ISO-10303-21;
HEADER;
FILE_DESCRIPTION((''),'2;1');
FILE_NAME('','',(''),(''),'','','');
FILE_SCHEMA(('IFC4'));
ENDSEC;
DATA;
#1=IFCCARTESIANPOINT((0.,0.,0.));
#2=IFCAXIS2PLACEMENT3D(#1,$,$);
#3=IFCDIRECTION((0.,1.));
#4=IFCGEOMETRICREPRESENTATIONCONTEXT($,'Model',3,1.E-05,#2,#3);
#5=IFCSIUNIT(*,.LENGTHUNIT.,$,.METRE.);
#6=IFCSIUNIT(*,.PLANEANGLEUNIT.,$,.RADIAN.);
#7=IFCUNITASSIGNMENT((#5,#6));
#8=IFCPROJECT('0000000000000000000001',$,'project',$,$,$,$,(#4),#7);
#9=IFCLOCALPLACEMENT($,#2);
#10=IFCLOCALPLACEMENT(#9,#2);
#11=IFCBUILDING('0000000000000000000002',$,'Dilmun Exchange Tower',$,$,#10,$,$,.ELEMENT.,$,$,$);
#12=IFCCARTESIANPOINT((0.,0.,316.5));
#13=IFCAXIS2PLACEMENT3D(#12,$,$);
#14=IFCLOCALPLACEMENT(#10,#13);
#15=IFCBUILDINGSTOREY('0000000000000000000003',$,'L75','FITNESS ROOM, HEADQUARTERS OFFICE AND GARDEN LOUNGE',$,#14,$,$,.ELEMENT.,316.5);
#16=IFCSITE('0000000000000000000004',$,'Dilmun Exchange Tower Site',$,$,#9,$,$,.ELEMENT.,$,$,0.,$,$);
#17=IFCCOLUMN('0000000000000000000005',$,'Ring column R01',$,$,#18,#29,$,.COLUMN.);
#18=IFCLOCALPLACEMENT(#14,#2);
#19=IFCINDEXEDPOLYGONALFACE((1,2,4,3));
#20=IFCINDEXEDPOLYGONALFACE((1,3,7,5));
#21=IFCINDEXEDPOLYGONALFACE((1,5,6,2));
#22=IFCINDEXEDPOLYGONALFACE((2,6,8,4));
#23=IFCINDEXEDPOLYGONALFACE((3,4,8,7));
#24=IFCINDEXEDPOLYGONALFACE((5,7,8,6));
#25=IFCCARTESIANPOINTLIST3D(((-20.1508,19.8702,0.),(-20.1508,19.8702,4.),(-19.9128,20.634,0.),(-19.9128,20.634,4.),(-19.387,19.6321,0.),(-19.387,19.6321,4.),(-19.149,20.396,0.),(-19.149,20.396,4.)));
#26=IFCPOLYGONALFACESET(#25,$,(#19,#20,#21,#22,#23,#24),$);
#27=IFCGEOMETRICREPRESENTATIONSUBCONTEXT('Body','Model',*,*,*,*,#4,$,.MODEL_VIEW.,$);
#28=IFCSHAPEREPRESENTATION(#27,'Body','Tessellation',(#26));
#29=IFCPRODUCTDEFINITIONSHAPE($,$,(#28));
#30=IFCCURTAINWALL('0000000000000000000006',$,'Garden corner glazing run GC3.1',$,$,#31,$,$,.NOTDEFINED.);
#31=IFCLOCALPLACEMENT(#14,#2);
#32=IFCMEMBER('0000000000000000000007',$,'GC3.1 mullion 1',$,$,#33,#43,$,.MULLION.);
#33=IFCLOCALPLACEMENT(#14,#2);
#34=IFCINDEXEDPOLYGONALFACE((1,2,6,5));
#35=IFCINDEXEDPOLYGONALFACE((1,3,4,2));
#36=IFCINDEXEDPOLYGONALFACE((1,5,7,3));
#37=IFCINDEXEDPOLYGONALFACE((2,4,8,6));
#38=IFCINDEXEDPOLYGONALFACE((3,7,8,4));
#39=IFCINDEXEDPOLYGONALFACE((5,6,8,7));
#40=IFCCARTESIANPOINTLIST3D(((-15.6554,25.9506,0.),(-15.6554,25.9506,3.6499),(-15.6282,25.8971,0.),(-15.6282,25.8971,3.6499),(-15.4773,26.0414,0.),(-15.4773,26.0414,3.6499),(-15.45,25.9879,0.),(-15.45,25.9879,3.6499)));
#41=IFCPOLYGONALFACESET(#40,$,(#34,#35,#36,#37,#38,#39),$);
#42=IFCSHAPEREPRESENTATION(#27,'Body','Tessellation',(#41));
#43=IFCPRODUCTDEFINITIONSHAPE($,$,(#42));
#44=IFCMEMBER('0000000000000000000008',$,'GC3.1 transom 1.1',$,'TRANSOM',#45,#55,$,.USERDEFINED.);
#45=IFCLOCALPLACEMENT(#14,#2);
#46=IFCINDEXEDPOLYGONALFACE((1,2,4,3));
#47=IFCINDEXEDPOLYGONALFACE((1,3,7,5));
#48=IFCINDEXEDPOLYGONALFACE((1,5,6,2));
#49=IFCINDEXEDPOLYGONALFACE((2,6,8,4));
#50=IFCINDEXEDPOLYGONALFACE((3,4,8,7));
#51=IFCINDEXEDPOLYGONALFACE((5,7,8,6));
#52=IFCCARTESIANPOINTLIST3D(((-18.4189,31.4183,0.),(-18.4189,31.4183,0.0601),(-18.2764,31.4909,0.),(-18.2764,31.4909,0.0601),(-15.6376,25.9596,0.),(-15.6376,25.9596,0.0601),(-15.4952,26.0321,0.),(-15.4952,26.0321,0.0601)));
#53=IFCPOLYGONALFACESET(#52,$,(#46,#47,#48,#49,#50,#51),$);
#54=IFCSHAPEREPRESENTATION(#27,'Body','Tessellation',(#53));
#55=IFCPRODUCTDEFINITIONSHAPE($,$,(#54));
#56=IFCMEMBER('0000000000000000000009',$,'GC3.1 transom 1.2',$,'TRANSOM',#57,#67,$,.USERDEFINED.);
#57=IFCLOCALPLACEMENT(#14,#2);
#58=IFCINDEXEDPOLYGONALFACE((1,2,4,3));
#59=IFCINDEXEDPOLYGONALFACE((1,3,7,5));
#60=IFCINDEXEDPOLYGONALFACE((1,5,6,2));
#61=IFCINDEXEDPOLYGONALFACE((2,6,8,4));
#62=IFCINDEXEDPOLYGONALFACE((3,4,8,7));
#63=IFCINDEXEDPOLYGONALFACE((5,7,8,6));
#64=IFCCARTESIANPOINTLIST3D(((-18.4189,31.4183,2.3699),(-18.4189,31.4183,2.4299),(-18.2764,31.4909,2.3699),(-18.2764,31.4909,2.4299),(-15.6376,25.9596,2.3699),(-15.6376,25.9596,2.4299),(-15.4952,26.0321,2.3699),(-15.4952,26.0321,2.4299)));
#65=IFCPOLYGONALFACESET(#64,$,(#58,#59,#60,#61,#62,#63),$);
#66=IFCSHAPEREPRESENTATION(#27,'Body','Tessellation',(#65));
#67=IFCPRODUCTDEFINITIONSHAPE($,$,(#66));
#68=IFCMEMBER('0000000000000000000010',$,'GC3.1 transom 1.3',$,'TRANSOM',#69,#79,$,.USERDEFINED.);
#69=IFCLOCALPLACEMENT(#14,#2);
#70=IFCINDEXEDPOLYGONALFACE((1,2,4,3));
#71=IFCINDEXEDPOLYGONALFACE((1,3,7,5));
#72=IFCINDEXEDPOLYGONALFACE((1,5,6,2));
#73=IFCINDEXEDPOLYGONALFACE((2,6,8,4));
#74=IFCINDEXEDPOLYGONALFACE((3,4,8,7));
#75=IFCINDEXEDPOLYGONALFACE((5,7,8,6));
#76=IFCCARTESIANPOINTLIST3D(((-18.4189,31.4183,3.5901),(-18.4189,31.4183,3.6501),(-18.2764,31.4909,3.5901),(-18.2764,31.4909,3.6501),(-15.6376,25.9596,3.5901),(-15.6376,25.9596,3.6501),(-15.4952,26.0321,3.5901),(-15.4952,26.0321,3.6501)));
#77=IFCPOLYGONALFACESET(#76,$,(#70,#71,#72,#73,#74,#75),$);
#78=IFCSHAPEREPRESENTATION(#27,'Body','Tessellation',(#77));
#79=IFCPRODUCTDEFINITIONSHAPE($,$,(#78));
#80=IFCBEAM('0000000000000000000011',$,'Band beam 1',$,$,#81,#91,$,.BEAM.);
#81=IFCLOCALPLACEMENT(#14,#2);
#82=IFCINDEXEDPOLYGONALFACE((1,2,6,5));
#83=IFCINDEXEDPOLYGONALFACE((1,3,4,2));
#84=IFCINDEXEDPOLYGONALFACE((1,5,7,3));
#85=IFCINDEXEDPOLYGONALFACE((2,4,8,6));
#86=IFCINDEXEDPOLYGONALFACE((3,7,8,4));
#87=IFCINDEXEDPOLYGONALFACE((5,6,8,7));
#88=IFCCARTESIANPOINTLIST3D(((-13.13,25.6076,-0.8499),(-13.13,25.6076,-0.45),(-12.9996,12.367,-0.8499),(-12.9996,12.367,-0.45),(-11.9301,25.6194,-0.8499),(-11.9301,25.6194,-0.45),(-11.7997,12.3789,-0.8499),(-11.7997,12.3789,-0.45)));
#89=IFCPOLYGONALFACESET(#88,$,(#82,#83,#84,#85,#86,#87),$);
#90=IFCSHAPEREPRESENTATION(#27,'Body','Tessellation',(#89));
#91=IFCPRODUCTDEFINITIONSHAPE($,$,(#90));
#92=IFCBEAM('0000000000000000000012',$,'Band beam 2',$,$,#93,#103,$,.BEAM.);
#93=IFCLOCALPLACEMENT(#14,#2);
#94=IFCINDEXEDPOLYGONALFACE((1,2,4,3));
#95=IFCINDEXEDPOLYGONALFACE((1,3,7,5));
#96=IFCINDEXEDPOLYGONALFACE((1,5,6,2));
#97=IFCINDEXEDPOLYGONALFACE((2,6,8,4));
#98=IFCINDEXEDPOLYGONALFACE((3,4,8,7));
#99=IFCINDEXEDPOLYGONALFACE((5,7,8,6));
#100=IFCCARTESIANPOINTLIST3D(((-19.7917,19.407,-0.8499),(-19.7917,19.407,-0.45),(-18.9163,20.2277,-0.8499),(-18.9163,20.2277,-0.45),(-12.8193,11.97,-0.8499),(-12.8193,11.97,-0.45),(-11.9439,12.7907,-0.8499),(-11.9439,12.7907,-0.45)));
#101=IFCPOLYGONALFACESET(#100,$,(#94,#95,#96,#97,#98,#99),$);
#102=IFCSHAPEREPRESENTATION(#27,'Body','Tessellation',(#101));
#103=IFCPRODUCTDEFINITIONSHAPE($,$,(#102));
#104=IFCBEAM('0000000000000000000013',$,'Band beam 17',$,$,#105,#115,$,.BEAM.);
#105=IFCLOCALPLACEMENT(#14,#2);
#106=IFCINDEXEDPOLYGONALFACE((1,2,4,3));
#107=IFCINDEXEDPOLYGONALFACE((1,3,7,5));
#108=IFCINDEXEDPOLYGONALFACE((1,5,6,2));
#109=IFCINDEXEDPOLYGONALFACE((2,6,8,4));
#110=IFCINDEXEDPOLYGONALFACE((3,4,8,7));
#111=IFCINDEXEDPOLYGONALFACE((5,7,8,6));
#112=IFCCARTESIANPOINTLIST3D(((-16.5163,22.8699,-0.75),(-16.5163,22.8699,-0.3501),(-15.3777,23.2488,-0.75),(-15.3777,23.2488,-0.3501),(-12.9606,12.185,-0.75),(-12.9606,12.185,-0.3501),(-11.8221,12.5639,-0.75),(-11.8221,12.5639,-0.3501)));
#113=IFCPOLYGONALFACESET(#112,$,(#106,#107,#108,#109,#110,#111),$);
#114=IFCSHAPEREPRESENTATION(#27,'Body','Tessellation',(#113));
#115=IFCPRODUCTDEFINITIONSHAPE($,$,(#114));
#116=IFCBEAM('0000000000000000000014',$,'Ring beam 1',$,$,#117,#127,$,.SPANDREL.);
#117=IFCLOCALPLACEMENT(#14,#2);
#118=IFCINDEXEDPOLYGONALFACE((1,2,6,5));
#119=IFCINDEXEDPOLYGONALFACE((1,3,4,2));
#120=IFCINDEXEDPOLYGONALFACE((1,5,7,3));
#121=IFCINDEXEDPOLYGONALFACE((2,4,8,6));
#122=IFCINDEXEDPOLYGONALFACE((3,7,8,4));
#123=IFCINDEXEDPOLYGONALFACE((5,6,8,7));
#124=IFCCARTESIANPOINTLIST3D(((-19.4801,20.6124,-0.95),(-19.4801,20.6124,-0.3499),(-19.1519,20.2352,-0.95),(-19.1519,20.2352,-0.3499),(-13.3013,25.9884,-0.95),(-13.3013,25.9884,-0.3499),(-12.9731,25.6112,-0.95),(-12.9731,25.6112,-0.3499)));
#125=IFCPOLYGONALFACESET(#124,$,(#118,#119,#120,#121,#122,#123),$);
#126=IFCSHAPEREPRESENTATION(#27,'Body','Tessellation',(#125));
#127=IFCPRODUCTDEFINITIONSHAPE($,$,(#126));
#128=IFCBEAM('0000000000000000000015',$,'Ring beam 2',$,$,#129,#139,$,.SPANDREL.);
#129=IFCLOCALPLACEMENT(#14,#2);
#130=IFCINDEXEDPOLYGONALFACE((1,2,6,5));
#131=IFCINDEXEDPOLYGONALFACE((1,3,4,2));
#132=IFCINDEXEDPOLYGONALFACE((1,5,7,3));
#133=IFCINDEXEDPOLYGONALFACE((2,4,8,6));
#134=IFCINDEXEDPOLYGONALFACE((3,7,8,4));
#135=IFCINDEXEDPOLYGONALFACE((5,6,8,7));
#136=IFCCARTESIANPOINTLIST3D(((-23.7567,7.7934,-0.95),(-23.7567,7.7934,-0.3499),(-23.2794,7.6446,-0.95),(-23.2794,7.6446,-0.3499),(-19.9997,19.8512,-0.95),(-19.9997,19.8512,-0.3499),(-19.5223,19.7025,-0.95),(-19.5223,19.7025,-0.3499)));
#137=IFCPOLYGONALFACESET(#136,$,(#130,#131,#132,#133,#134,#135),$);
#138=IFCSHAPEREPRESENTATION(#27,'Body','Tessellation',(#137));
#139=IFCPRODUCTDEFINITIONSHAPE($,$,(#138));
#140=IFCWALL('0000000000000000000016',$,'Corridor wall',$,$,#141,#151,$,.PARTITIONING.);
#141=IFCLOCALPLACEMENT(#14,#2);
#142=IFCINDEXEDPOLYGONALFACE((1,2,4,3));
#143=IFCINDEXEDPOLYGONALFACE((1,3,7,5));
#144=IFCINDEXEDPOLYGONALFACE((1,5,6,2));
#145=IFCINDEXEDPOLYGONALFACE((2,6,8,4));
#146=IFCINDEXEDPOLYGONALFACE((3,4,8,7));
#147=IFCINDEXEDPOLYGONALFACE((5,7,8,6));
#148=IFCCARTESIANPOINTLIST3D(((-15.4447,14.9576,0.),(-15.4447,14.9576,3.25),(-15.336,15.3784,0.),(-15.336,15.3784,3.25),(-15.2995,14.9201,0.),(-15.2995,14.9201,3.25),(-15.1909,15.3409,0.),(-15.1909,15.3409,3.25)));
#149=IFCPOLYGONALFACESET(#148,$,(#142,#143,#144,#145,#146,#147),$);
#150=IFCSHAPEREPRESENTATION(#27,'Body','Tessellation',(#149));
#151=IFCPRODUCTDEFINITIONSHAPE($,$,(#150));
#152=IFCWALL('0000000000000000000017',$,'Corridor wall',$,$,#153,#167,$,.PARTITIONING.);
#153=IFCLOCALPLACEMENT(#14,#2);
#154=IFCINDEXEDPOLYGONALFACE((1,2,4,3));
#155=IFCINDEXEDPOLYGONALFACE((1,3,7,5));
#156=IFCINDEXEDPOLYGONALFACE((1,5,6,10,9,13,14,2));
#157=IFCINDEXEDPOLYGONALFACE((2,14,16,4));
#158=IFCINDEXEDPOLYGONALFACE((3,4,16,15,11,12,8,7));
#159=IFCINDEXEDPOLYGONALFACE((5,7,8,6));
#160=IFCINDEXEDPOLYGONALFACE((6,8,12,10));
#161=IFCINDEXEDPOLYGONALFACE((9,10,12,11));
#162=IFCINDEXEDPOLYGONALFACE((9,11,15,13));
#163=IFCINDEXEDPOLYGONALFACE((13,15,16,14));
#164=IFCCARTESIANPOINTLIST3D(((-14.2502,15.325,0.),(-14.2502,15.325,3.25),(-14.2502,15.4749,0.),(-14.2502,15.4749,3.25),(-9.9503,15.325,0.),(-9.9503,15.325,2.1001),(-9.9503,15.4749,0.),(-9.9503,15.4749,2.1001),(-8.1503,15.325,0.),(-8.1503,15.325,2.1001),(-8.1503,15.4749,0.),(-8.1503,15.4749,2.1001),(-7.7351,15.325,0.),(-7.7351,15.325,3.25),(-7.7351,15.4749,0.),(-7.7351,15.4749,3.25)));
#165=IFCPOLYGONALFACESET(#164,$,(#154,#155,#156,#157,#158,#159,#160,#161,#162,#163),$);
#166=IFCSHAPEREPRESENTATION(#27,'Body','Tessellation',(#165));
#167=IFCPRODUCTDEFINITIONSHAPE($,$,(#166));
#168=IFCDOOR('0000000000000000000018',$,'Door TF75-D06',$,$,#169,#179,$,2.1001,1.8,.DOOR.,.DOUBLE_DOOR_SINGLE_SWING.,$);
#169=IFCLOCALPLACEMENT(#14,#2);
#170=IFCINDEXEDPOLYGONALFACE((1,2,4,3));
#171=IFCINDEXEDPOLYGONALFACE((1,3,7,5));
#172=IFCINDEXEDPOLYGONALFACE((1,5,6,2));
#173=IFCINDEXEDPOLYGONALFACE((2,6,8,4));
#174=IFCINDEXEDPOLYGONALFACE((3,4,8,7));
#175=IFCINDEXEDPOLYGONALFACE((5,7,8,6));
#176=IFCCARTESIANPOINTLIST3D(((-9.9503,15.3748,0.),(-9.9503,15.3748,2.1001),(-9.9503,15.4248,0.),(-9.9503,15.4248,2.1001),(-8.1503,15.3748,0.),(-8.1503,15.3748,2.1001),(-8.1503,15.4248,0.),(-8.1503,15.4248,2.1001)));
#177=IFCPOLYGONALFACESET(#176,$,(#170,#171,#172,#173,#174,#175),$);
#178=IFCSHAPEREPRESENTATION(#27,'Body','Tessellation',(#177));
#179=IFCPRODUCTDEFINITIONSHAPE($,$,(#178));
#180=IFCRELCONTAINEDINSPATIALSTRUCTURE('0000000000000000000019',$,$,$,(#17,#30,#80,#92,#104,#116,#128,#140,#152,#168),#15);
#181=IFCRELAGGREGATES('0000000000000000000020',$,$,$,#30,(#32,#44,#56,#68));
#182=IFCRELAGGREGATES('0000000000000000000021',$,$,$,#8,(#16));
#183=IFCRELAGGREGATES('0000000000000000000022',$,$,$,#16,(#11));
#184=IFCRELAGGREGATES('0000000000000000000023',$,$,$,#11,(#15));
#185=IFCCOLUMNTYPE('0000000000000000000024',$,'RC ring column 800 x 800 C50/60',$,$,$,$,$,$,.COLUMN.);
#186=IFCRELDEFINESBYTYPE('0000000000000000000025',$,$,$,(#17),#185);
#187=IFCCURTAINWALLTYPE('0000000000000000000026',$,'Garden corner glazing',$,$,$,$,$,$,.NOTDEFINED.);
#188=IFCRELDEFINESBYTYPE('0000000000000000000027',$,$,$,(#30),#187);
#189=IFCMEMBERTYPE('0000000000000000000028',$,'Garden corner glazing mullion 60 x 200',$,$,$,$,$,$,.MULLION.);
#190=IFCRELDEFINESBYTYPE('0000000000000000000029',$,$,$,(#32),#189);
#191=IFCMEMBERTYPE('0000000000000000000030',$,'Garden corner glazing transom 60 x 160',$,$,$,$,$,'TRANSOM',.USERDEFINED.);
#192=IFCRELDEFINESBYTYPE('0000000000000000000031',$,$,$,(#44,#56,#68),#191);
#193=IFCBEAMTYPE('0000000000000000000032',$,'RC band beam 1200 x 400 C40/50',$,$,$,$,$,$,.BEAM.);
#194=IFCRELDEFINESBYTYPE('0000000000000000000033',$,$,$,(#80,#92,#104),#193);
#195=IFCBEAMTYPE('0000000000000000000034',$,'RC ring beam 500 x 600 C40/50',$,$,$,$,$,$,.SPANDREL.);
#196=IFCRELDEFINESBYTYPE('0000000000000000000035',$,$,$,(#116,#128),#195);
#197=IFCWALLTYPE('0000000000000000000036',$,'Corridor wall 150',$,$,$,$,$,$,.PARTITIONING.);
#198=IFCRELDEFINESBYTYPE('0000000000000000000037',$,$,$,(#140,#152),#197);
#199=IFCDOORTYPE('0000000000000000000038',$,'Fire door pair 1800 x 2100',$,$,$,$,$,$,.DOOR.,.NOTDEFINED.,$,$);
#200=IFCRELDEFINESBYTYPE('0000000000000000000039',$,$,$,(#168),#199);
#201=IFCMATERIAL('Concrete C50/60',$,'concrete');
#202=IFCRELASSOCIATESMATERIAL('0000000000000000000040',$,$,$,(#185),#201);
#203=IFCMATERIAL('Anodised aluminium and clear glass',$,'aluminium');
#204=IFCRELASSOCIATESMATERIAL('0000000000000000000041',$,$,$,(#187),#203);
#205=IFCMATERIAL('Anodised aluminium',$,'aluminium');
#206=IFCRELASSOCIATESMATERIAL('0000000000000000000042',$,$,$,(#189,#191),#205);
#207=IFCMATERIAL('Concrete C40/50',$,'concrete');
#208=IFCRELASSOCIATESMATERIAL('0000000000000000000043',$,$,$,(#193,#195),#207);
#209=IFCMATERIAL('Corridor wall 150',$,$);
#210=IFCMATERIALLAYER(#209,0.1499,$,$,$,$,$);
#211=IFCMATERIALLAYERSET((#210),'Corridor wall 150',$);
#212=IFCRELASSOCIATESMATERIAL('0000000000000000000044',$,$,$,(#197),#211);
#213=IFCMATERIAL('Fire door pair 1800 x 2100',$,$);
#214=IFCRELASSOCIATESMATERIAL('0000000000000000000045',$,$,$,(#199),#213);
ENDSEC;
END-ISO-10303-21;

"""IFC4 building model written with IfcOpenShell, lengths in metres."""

from ifc_helpers import new_model, si_unit, direction, frame, frame_2d, origin, origin_2d, place, context, subcontext, project, spatial, rectangle, extrude, material, layer, layer_set, material_profile, profile_set, type_object, element, fill, aggregate, save


model = new_model("IFC4")

# Units and contexts
model_context = context("Model", 3, precision=1e-05, world=origin(), true_north=direction((0.0, 1.0)))
body_context = subcontext(model_context, "Body", "Model", "MODEL_VIEW")
ifc_project = project(units=[si_unit("LENGTHUNIT", "METRE"), si_unit("PLANEANGLEUNIT", "RADIAN")], contexts=[model_context])

# Site, building, storey
site_placement = place(None, origin())
site = spatial("IfcSite", under=ifc_project, at=site_placement, Name="Dilmun Exchange Tower Site", CompositionType="ELEMENT", RefElevation=0.0)
building_placement = place(site_placement, origin())
building = spatial("IfcBuilding", under=site, at=building_placement, Name="Dilmun Exchange Tower", CompositionType="ELEMENT")
storey_placement = place(building_placement, frame((0.0, 0.0, 316.5)))
storey = spatial("IfcBuildingStorey", under=building, at=storey_placement, Name="L75", Description="FITNESS ROOM, HEADQUARTERS OFFICE AND GARDEN LOUNGE", CompositionType="ELEMENT", Elevation=316.5)

# Column
ifc_material_1 = material(Name="Concrete C50/60", Category="concrete")
ifc_material_profile_1 = material_profile(ifc_material_1, rectangle(XDim=0.8, YDim=0.8, at=origin_2d()), Name="800 x 800")
ifc_profile_set_1 = profile_set([ifc_material_profile_1], Name="Concrete C50/60")
column_type = type_object("IfcColumnType", Name="RC ring column 800 x 800 C50/60", PredefinedType="COLUMN", material=ifc_profile_set_1)
column_placement = place(storey_placement, frame((-19.6499, 20.1331, 0.0), z_axis=(0.0, 0.0, 1.0), x_axis=(0.297503, 0.954721, 0.0)))
element("IfcColumn", 1, at=column_placement, inside=storey, type_object=column_type, Name="Ring column R01", PredefinedType="COLUMN", context=body_context, shape_type="SweptSolid", body=[
    extrude(rectangle(XDim=0.8, YDim=0.8, at=origin_2d()), origin(), (0.0, 0.0, 1.0), 4.0),
])

# Curtain wall, members
ifc_material_2 = material(Name="Anodised aluminium and clear glass", Category="aluminium")
curtain_wall_type = type_object("IfcCurtainWallType", Name="Garden corner glazing", PredefinedType="NOTDEFINED", material=ifc_material_2)
curtain_wall_placement = place(storey_placement, origin())
curtain_wall = element("IfcCurtainWall", 2, at=curtain_wall_placement, inside=storey, type_object=curtain_wall_type, Name="Garden corner glazing run GC3.1", PredefinedType="NOTDEFINED")
ifc_material_3 = material(Name="Anodised aluminium", Category="aluminium")
ifc_material_profile_2 = material_profile(ifc_material_3, rectangle(XDim=0.2, YDim=0.0601, at=origin_2d()), Name="AL 60x200")
ifc_profile_set_2 = profile_set([ifc_material_profile_2], Name="Anodised aluminium")
member_type_1 = type_object("IfcMemberType", Name="Garden corner glazing mullion 60 x 200", PredefinedType="MULLION", material=ifc_profile_set_2)
member_1_placement = place(storey_placement, frame((-15.5527, 25.9692, 0.0), z_axis=(0.0, 0.0, 1.0), x_axis=(-0.891007, -0.453989, 0.0)))
member_1 = element("IfcMember", 3, at=member_1_placement, type_object=member_type_1, Name="GC3.1 mullion 1", PredefinedType="MULLION", context=body_context, shape_type="SweptSolid", body=[
    extrude(rectangle(XDim=0.2, YDim=0.0601, at=origin_2d()), origin(), (0.0, 0.0, 1.0), 3.6499),
])
ifc_material_profile_3 = material_profile(ifc_material_3, rectangle(XDim=0.1599, YDim=0.0601, at=origin_2d()), Name="AL 60x160")
ifc_profile_set_3 = profile_set([ifc_material_profile_3], Name="Anodised aluminium")
member_type_2 = type_object("IfcMemberType", Name="Garden corner glazing transom 60 x 160", ElementType="TRANSOM", PredefinedType="USERDEFINED", material=ifc_profile_set_3)
member_2_placement = place(storey_placement, frame((-15.5664, 25.9958, 0.03), z_axis=(-0.453975, 0.891014, 0.0), x_axis=(-0.891014, -0.453975, 0.0)))
member_2 = element("IfcMember", 4, at=member_2_placement, type_object=member_type_2, Name="GC3.1 transom 1.1", ObjectType="TRANSOM", PredefinedType="USERDEFINED", context=body_context, shape_type="SweptSolid", body=[
    extrude(rectangle(XDim=0.1599, YDim=0.0601, at=origin_2d()), origin(), (0.0, 0.0, 1.0), 6.1265),
])
member_3_placement = place(storey_placement, frame((-15.5664, 25.9958, 2.3999), z_axis=(-0.453975, 0.891014, 0.0), x_axis=(-0.891014, -0.453975, 0.0)))
member_3 = element("IfcMember", 5, at=member_3_placement, type_object=member_type_2, Name="GC3.1 transom 1.2", ObjectType="TRANSOM", PredefinedType="USERDEFINED", context=body_context, shape_type="SweptSolid", body=[
    extrude(rectangle(XDim=0.1599, YDim=0.0601, at=origin_2d()), origin(), (0.0, 0.0, 1.0), 6.1265),
])
member_4_placement = place(storey_placement, frame((-15.5664, 25.9958, 3.6201), z_axis=(-0.453975, 0.891014, 0.0), x_axis=(-0.891014, -0.453975, 0.0)))
member_4 = element("IfcMember", 6, at=member_4_placement, type_object=member_type_2, Name="GC3.1 transom 1.3", ObjectType="TRANSOM", PredefinedType="USERDEFINED", context=body_context, shape_type="SweptSolid", body=[
    extrude(rectangle(XDim=0.1599, YDim=0.0601, at=origin_2d()), origin(), (0.0, 0.0, 1.0), 6.1265),
])
aggregate(curtain_wall, [member_1, member_2, member_3, member_4])

# Beams
ifc_material_4 = material(Name="Concrete C40/50", Category="concrete")
ifc_material_profile_4 = material_profile(ifc_material_4, rectangle(XDim=1.2, YDim=0.3999, at=origin_2d()), Name="1200 x 400")
ifc_profile_set_4 = profile_set([ifc_material_profile_4], Name="Concrete C40/50")
beam_type_1 = type_object("IfcBeamType", Name="RC band beam 1200 x 400 C40/50", PredefinedType="BEAM", material=ifc_profile_set_4)
beam_1_placement = place(storey_placement, frame((-12.53, 25.6135, -0.6499), z_axis=(0.009846, -0.999952, 0.0), x_axis=(0.999952, 0.009846, 0.0)))
element("IfcBeam", 7, at=beam_1_placement, inside=storey, type_object=beam_type_1, Name="Band beam 1", PredefinedType="BEAM", context=body_context, shape_type="SweptSolid", body=[
    extrude(rectangle(XDim=1.2, YDim=0.3999, at=origin_2d()), origin(), (0.0, 0.0, 1.0), 13.2412),
])
beam_2_placement = place(storey_placement, frame((-19.354, 19.8174, -0.6499), z_axis=(0.683952, -0.729527, 0.0), x_axis=(0.729527, 0.683952, 0.0)))
element("IfcBeam", 8, at=beam_2_placement, inside=storey, type_object=beam_type_1, Name="Band beam 2", PredefinedType="BEAM", context=body_context, shape_type="SweptSolid", body=[
    extrude(rectangle(XDim=1.2, YDim=0.3999, at=origin_2d()), origin(), (0.0, 0.0, 1.0), 10.1943),
])
beam_3_placement = place(storey_placement, frame((-15.947, 23.0593, -0.55), z_axis=(0.315753, -0.948841, 0.0), x_axis=(0.948841, 0.315753, 0.0)))
element("IfcBeam", 9, at=beam_3_placement, inside=storey, type_object=beam_type_1, Name="Band beam 17", PredefinedType="BEAM", context=body_context, shape_type="SweptSolid", body=[
    extrude(rectangle(XDim=1.2, YDim=0.3999, at=origin_2d()), origin(), (0.0, 0.0, 1.0), 11.261),
])
ifc_material_profile_5 = material_profile(ifc_material_4, rectangle(XDim=0.5, YDim=0.6001, at=origin_2d()), Name="500 x 600")
ifc_profile_set_5 = profile_set([ifc_material_profile_5], Name="Concrete C40/50")
beam_type_2 = type_object("IfcBeamType", Name="RC ring beam 500 x 600 C40/50", PredefinedType="SPANDREL", material=ifc_profile_set_5)
beam_4_placement = place(storey_placement, frame((-13.1372, 25.7998, -0.6499), z_axis=(-0.754413, -0.6564, 0.0), x_axis=(0.6564, -0.754413, 0.0)))
element("IfcBeam", 10, at=beam_4_placement, inside=storey, type_object=beam_type_2, Name="Ring beam 1", PredefinedType="SPANDREL", context=body_context, shape_type="SweptSolid", body=[
    extrude(rectangle(XDim=0.5, YDim=0.6001, at=origin_2d()), origin(), (0.0, 0.0, 1.0), 8.1902),
])
beam_5_placement = place(storey_placement, frame((-19.761, 19.7769, -0.6499), z_axis=(-0.297481, -0.954728, 0.0), x_axis=(0.954728, -0.297481, 0.0)))
element("IfcBeam", 11, at=beam_5_placement, inside=storey, type_object=beam_type_2, Name="Ring beam 2", PredefinedType="SPANDREL", context=body_context, shape_type="SweptSolid", body=[
    extrude(rectangle(XDim=0.5, YDim=0.6001, at=origin_2d()), origin(), (0.0, 0.0, 1.0), 12.6296),
])

# Wall
ifc_material_5 = material(Name="Corridor wall 150")
ifc_layer = layer(ifc_material_5, 0.1499)
ifc_layer_set = layer_set([ifc_layer], Name="Corridor wall 150")
wall_type = type_object("IfcWallType", Name="Corridor wall 150", PredefinedType="PARTITIONING", material=ifc_layer_set)
wall_1_placement = place(storey_placement, frame((-15.2634, 15.3596, 0.0), z_axis=(0.0, 0.0, 1.0), x_axis=(-0.250065, -0.968229, 0.0)))
element("IfcWall", 12, at=wall_1_placement, inside=storey, type_object=wall_type, Name="Corridor wall", PredefinedType="PARTITIONING", context=body_context, shape_type="SweptSolid", body=[
    extrude(rectangle(XDim=0.4346, YDim=0.1499, at=frame_2d((0.2173, 0.0))), origin(), (0.0, 0.0, 1.0), 3.25),
])

# Wall, opening, door
wall_2_placement = place(storey_placement, frame((-14.2502, 15.3999, 0.0), z_axis=(0.0, 0.0, 1.0), x_axis=(1.0, 0.0, 0.0)))
wall_2 = element("IfcWall", 13, at=wall_2_placement, inside=storey, type_object=wall_type, Name="Corridor wall", PredefinedType="PARTITIONING", context=body_context, shape_type="SweptSolid", body=[
    extrude(rectangle(XDim=6.5151, YDim=0.1499, at=frame_2d((3.2576, 0.0))), origin(), (0.0, 0.0, 1.0), 3.25),
])
opening_1_placement = place(wall_2_placement, frame((4.3, 0.0, 0.0)))
opening_1 = element("IfcOpeningElement", 14, at=opening_1_placement, cuts=wall_2, PredefinedType="OPENING", context=body_context, shape_type="SweptSolid", body=[
    extrude(rectangle(XDim=1.8, YDim=2.1001, at=frame_2d((0.8999, 1.05))), frame((0.0, 0.085, 0.0), z_axis=(0.0, -1.0, 0.0), x_axis=(1.0, 0.0, 0.0)), (0.0, 0.0, 1.0), 0.1699),
])
ifc_material_6 = material(Name="Fire door pair 1800 x 2100")
door_type_1 = type_object("IfcDoorType", Name="Fire door pair 1800 x 2100", OperationType="NOTDEFINED", PredefinedType="DOOR", material=ifc_material_6)
door_1_placement = place(opening_1_placement, origin())
door_1 = element("IfcDoor", 15, at=door_1_placement, inside=storey, type_object=door_type_1, Name="Door TF75-D06", OperationType="DOUBLE_DOOR_SINGLE_SWING", OverallHeight=2.1001, OverallWidth=1.8, PredefinedType="DOOR", context=body_context, shape_type="SweptSolid", body=[
    extrude(rectangle(XDim=1.8, YDim=2.1001, at=frame_2d((0.8999, 1.05))), frame((0.0, 0.0249, 0.0), z_axis=(0.0, -1.0, 0.0), x_axis=(1.0, 0.0, 0.0)), (0.0, 0.0, 1.0), 0.05),
])
fill(opening_1, door_1)

save(model, "model.ifc")
